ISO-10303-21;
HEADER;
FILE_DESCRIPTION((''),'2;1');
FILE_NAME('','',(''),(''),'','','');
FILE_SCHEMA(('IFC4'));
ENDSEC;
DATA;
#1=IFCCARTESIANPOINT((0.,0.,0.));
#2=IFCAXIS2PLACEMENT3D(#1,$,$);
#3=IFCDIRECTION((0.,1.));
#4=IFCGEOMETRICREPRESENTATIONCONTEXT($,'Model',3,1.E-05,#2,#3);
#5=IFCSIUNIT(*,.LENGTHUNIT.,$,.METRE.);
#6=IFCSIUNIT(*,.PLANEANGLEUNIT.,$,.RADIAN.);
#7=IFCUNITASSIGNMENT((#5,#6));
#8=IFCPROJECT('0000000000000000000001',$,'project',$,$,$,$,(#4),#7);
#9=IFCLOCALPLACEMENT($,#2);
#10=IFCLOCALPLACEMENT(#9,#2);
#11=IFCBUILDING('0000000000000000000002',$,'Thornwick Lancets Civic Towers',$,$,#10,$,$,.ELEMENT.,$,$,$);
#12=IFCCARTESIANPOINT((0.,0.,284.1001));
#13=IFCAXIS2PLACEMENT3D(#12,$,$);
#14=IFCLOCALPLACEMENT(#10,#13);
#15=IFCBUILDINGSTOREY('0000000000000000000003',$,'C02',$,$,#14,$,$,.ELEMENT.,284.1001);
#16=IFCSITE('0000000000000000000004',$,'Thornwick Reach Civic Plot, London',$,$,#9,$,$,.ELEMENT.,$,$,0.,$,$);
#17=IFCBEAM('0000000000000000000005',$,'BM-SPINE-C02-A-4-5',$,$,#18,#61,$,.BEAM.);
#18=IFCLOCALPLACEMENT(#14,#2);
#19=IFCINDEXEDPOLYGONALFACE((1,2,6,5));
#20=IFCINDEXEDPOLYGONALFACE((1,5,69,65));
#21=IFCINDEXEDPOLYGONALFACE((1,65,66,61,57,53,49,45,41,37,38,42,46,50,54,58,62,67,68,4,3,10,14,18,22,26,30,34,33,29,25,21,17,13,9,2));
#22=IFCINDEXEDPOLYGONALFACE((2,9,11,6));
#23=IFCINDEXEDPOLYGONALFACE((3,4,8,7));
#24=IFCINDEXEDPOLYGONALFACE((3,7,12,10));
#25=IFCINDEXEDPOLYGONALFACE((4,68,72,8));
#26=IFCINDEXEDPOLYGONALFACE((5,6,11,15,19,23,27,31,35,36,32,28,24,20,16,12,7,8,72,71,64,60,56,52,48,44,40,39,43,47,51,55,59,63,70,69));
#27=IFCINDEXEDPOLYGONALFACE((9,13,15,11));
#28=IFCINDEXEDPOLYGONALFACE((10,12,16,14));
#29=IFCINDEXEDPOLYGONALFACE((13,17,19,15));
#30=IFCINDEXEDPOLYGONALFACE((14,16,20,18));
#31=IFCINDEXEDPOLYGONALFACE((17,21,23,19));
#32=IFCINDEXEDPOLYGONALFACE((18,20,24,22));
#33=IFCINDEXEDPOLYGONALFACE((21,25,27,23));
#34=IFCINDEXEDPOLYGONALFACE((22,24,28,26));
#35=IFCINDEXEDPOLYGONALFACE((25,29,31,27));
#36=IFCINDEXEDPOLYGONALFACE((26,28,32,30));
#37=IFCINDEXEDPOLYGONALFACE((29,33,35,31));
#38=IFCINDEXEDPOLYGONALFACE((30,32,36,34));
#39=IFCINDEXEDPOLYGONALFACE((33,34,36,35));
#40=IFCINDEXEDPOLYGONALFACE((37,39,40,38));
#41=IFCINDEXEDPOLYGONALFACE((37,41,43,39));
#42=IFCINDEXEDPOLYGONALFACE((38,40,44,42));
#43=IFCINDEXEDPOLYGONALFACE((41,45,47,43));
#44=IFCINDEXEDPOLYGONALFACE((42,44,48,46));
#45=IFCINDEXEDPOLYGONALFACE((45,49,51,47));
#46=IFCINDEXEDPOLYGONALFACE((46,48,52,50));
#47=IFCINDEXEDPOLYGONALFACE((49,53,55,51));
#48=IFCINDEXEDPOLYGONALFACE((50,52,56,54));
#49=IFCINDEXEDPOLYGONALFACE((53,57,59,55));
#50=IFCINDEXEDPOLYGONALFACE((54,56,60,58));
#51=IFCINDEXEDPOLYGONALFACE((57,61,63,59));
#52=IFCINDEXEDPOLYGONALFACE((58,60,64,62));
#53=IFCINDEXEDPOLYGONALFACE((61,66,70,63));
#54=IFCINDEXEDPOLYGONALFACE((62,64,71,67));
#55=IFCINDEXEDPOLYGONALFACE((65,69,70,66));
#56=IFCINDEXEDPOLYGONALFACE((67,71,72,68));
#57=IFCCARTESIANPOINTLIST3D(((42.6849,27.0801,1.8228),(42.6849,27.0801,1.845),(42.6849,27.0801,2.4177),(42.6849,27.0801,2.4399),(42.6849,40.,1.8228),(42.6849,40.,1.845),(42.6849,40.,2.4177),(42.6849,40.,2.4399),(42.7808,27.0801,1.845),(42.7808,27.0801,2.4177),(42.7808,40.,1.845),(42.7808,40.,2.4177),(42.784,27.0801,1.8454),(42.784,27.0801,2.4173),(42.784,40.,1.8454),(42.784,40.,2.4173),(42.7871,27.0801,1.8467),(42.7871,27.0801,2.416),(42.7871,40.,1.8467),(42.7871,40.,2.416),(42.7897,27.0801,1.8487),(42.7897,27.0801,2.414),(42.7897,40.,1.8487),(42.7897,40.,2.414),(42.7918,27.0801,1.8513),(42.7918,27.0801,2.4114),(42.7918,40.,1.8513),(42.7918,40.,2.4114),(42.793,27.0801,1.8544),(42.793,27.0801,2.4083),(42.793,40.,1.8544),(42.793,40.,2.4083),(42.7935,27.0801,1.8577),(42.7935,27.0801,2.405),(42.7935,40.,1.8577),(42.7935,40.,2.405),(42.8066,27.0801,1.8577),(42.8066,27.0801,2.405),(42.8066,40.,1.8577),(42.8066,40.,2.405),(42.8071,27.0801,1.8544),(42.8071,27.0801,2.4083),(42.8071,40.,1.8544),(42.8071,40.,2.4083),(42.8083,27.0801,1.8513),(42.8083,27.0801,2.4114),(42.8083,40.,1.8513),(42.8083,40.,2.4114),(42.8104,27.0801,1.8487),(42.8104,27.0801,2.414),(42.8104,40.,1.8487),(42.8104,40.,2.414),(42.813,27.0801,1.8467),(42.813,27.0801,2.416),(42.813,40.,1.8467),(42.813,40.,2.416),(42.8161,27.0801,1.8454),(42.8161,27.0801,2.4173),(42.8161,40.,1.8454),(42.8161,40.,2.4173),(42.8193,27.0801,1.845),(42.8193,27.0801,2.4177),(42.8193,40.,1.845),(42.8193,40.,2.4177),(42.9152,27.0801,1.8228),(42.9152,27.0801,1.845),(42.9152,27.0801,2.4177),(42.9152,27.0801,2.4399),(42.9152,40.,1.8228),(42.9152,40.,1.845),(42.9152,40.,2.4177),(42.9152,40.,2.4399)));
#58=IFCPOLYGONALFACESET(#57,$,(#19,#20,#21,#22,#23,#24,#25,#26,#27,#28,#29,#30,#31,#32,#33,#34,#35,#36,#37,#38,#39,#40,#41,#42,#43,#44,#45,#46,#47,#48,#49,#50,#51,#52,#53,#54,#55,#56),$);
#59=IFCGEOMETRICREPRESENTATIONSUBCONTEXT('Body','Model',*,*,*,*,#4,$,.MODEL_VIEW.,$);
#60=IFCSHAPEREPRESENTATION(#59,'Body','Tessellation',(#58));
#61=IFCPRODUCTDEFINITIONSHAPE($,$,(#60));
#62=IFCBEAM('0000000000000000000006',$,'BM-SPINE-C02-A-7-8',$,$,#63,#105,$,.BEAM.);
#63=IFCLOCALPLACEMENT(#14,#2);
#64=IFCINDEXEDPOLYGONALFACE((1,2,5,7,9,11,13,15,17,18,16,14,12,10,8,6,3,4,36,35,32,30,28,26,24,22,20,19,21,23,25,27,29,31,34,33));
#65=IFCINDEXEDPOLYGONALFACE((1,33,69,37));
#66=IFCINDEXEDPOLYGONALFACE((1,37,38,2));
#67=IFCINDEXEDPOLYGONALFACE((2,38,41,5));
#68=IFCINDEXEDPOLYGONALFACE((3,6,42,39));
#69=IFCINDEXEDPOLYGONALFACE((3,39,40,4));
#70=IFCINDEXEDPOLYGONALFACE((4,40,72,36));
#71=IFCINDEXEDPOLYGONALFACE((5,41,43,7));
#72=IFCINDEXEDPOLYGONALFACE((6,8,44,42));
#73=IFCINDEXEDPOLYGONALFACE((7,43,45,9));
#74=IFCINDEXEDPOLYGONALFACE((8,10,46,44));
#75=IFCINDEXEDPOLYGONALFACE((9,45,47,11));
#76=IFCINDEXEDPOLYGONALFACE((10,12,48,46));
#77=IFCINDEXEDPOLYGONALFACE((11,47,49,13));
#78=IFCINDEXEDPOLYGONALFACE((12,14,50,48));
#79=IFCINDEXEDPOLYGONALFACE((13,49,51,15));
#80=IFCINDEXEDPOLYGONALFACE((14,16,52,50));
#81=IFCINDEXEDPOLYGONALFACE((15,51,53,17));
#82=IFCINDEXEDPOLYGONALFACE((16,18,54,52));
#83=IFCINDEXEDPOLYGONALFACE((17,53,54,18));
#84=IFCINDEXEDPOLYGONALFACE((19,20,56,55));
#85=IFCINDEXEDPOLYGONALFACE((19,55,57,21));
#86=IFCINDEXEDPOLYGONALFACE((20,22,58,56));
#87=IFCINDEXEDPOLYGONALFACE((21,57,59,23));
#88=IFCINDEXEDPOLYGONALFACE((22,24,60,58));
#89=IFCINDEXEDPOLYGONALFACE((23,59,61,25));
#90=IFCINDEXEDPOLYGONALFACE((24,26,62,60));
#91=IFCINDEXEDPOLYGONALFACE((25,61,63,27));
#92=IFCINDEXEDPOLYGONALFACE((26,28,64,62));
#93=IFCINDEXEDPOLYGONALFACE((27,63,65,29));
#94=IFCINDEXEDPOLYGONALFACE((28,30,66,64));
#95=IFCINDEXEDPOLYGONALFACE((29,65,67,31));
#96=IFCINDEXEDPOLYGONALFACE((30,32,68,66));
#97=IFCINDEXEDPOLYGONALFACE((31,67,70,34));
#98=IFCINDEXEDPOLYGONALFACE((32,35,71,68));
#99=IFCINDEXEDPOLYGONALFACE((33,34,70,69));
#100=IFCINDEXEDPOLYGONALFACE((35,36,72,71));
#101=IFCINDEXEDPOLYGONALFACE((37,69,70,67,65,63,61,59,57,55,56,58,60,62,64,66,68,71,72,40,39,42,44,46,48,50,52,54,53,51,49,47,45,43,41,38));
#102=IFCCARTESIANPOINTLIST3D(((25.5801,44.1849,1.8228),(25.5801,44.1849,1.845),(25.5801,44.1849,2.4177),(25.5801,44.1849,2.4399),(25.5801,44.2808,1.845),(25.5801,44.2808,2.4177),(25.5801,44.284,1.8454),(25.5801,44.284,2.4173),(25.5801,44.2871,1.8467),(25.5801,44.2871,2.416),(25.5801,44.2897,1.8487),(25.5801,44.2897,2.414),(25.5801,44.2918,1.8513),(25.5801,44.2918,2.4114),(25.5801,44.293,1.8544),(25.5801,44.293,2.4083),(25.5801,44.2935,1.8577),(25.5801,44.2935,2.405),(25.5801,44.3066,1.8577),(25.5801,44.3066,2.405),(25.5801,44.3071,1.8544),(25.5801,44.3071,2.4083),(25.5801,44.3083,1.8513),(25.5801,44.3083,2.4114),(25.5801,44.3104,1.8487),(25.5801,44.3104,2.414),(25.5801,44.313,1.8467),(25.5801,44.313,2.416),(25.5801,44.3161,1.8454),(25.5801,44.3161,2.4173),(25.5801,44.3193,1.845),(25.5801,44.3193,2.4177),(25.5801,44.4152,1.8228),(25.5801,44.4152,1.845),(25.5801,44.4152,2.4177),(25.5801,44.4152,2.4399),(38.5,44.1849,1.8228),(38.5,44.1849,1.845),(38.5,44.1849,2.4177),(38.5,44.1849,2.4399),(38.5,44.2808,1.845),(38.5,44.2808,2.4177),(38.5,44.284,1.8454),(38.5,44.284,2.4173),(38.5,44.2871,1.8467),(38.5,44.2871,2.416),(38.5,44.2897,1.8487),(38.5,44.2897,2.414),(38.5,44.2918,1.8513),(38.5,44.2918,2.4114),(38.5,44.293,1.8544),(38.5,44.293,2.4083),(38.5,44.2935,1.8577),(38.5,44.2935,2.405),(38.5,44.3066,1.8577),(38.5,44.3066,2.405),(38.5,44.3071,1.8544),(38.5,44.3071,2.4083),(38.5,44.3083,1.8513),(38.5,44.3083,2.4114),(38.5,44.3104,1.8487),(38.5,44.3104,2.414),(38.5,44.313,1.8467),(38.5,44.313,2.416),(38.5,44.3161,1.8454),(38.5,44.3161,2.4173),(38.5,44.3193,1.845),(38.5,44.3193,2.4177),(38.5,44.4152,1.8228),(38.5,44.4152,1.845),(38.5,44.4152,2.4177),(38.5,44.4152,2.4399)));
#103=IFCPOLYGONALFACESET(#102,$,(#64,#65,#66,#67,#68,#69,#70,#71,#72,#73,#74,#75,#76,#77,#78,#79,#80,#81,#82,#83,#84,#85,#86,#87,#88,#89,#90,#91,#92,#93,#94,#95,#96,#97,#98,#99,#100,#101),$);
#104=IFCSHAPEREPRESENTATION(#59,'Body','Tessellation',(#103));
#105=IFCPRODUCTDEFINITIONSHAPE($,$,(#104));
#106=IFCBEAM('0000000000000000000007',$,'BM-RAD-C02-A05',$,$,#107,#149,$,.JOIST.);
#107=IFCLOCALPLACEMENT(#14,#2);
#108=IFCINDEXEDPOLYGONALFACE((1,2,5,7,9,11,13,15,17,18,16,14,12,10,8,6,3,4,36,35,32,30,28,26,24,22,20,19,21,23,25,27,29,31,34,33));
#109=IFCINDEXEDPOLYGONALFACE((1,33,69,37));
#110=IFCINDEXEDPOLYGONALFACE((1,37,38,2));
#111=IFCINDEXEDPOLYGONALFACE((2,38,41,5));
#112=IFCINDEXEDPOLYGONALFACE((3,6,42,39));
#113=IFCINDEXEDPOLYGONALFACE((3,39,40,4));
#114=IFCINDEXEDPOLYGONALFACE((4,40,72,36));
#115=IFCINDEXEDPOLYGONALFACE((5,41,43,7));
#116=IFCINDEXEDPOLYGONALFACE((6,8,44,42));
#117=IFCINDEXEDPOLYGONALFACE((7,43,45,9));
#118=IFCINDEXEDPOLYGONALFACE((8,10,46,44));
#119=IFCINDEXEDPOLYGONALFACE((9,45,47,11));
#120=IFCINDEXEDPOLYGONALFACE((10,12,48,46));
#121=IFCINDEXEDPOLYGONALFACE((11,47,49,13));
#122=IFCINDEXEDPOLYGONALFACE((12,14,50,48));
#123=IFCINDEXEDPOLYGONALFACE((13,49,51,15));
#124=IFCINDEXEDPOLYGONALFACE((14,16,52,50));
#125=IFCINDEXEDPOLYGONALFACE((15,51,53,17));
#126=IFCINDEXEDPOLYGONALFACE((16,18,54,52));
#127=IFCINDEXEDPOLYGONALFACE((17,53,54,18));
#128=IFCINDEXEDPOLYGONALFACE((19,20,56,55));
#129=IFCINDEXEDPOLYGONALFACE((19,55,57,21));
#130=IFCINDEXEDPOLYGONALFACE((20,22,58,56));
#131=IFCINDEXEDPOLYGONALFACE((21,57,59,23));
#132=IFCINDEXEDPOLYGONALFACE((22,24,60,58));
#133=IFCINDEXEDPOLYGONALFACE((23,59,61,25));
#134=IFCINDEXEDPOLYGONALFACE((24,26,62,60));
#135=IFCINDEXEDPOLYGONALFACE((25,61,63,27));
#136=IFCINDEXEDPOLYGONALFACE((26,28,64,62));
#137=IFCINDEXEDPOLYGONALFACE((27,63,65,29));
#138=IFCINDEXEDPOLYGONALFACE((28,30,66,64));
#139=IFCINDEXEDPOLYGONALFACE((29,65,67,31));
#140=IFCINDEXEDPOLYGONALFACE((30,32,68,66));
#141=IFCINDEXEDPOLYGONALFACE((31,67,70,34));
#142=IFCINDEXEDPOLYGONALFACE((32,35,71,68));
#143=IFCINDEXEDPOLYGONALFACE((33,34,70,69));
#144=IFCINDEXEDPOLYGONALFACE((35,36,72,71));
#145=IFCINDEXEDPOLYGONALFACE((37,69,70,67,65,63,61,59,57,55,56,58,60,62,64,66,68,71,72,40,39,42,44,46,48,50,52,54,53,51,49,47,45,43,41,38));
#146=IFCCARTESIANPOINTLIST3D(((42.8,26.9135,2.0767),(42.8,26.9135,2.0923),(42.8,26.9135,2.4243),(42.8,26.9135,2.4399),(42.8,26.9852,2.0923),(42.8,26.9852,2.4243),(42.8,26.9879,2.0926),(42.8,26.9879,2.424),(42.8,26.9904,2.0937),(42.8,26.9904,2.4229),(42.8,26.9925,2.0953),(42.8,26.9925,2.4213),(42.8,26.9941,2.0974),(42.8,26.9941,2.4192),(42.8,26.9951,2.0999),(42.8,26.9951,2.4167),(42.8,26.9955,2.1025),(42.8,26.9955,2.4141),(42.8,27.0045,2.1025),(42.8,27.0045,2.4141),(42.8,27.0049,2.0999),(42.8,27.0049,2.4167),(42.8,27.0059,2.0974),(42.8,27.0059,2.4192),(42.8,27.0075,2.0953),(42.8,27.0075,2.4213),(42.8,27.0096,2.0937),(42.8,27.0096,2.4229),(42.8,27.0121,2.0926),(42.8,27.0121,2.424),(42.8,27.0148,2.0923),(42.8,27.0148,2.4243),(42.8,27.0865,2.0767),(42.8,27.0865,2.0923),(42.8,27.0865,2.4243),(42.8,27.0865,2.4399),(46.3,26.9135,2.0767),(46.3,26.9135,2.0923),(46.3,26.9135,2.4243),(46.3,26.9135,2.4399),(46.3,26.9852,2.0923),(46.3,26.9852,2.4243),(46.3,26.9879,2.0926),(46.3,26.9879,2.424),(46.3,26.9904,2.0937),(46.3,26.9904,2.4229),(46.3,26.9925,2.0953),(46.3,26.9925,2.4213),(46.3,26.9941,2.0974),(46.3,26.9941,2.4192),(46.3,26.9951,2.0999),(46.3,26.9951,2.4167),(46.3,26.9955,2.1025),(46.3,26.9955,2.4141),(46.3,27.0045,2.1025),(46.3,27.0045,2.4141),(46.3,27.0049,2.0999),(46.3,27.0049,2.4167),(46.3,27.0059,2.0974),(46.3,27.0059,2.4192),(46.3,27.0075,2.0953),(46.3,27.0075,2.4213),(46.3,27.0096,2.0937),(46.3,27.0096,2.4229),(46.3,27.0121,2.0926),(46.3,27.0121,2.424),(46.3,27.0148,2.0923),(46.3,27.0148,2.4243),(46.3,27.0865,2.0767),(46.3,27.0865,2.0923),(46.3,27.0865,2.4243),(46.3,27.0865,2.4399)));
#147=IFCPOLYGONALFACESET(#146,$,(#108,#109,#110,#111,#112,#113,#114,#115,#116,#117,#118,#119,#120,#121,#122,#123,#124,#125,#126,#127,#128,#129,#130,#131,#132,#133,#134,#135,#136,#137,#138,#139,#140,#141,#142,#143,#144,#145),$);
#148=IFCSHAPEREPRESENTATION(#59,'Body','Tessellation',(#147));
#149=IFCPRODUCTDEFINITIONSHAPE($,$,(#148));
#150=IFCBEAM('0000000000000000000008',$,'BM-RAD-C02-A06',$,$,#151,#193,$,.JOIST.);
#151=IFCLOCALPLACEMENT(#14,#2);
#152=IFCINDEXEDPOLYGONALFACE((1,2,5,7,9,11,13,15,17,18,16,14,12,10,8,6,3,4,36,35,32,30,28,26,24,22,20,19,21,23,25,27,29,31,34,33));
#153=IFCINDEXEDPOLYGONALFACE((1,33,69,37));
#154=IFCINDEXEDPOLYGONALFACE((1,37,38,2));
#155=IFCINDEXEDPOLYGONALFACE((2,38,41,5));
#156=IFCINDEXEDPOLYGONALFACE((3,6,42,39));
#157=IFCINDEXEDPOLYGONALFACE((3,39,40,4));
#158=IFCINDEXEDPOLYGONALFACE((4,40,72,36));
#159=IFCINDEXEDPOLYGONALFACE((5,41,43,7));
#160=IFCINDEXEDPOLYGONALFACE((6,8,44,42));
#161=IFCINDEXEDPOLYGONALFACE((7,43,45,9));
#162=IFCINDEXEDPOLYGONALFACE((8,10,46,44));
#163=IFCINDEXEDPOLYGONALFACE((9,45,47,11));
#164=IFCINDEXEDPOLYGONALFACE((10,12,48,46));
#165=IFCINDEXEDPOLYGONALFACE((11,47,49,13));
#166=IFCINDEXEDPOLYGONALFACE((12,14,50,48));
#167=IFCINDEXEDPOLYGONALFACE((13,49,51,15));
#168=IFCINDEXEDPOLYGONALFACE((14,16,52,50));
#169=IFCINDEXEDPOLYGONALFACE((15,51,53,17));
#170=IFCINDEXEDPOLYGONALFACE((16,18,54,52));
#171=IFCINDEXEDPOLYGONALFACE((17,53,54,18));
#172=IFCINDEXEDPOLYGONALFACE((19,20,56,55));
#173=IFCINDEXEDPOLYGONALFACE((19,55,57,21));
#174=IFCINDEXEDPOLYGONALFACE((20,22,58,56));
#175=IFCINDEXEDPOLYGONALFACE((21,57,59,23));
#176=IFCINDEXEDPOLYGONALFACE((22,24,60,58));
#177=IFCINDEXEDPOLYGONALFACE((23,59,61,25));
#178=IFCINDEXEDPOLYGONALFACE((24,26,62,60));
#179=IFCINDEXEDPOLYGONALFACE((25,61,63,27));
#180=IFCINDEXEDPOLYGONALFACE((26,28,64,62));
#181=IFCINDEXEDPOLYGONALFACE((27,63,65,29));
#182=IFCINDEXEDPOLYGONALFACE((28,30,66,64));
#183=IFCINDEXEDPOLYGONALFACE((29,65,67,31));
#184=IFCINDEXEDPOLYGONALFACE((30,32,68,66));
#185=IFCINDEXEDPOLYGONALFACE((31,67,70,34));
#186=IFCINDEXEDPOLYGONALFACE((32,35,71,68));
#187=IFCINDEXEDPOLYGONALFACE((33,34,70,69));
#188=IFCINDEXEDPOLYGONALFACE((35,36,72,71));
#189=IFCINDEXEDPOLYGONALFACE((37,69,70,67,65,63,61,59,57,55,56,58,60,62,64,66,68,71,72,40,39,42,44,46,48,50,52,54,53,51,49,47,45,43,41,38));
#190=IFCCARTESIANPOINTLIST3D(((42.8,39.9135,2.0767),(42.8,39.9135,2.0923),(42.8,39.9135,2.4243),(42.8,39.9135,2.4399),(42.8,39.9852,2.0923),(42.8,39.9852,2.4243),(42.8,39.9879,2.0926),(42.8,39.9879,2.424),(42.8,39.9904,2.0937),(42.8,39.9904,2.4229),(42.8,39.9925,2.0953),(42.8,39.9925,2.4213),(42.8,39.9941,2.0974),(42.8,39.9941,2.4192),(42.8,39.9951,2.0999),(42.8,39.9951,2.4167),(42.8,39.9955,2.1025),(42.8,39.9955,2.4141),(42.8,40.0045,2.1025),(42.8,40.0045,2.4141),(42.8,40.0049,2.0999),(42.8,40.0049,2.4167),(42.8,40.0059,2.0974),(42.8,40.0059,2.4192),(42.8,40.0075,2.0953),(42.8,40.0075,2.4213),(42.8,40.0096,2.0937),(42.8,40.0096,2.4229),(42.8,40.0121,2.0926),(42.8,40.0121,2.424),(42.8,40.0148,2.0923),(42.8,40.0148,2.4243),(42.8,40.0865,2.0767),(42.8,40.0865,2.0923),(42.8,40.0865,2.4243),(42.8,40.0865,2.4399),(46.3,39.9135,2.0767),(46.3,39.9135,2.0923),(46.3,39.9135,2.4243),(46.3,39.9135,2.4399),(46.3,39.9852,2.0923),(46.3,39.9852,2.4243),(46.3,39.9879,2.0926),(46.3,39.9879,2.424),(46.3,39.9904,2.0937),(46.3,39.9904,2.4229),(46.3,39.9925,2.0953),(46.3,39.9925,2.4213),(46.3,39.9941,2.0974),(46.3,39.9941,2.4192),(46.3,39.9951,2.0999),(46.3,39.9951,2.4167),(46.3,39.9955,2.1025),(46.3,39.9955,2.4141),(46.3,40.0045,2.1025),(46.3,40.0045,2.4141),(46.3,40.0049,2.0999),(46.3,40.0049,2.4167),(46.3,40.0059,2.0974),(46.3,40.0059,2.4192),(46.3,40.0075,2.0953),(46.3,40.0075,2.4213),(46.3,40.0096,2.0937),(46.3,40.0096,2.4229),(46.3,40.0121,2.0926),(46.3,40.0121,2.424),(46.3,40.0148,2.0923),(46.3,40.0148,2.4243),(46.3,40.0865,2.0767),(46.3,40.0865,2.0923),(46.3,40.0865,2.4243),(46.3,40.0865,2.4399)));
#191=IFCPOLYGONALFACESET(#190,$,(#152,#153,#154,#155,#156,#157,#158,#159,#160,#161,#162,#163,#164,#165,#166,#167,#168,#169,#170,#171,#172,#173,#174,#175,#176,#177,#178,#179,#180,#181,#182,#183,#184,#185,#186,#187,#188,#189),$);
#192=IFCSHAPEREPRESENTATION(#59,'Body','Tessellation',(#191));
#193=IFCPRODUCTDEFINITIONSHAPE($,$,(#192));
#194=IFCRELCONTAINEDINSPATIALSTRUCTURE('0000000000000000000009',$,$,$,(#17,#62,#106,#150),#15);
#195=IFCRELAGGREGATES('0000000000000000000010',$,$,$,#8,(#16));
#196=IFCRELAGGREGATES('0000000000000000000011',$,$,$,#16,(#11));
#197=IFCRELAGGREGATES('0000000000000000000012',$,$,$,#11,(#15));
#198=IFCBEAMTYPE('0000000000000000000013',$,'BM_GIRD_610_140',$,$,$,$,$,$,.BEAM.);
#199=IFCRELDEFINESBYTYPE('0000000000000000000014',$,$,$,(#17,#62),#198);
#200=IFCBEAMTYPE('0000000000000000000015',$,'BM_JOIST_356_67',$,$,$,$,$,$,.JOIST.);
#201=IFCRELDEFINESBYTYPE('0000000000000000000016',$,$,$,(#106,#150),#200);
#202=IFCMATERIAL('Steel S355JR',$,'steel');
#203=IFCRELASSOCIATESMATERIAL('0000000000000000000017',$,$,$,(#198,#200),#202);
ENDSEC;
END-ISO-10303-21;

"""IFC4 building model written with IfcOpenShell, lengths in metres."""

from ifc_helpers import new_model, si_unit, direction, frame, origin, origin_2d, place, context, subcontext, project, spatial, i_section, extrude, material, material_profile, profile_set, type_object, element, save


model = new_model("IFC4")

# Units and contexts
model_context = context("Model", 3, precision=1e-05, world=origin(), true_north=direction((0.0, 1.0)))
body_context = subcontext(model_context, "Body", "Model", "MODEL_VIEW")
ifc_project = project(units=[si_unit("LENGTHUNIT", "METRE"), si_unit("PLANEANGLEUNIT", "RADIAN")], contexts=[model_context])

# Site, building, storey
site_placement = place(None, origin())
site = spatial("IfcSite", under=ifc_project, at=site_placement, Name="Thornwick Reach Civic Plot, London", CompositionType="ELEMENT", RefElevation=0.0)
building_placement = place(site_placement, origin())
building = spatial("IfcBuilding", under=site, at=building_placement, Name="Thornwick Lancets Civic Towers", CompositionType="ELEMENT")
storey_placement = place(building_placement, frame((0.0, 0.0, 284.1001)))
storey = spatial("IfcBuildingStorey", under=building, at=storey_placement, Name="C02", CompositionType="ELEMENT", Elevation=284.1001)

# Shared definitions
ifc_material_1 = material(Name="Steel S355JR", Category="steel")

# Beams
ifc_material_profile_1 = material_profile(ifc_material_1, i_section(OverallWidth=0.2302, OverallDepth=0.6172, WebThickness=0.0132, FlangeThickness=0.0222, FilletRadius=0.0127, at=origin_2d()), Name="UKB 610x229x140")
ifc_profile_set_1 = profile_set([ifc_material_profile_1], Name="Steel S355JR")
beam_type_1 = type_object("IfcBeamType", Name="BM_GIRD_610_140", PredefinedType="BEAM", material=ifc_profile_set_1)
for number, where, z_axis, x_axis, name in (
    (1, (42.8, 27.0801, 2.1313), (0.0, 1.0, 0.0), (-1.0, 0.0, 0.0), "BM-SPINE-C02-A-4-5"),
    (2, (25.5801, 44.3, 2.1313), (1.0, 0.0, 0.0), (0.0, 1.0, 0.0), "BM-SPINE-C02-A-7-8"),
):
    element("IfcBeam", number, at=place(storey_placement, frame(where, z_axis=z_axis, x_axis=x_axis)), inside=storey, type_object=beam_type_1, Name=name, PredefinedType="BEAM", context=body_context, shape_type="SweptSolid", body=[
        extrude(i_section(OverallWidth=0.2302, OverallDepth=0.6172, WebThickness=0.0132, FlangeThickness=0.0222, FilletRadius=0.0127, at=origin_2d()), origin(), (0.0, 0.0, 1.0), 12.9199),
    ])
ifc_material_profile_2 = material_profile(ifc_material_1, i_section(OverallWidth=0.1731, OverallDepth=0.3633, WebThickness=0.009, FlangeThickness=0.0156, FilletRadius=0.0103, at=origin_2d()), Name="UKB 356x171x67")
ifc_profile_set_2 = profile_set([ifc_material_profile_2], Name="Steel S355JR")
beam_type_2 = type_object("IfcBeamType", Name="BM_JOIST_356_67", PredefinedType="JOIST", material=ifc_profile_set_2)
for number, where, z_axis, x_axis, name in (
    (3, (42.8, 27.0, 2.2583), (1.0, 0.0, 0.0), (0.0, 1.0, 0.0), "BM-RAD-C02-A05"),
    (4, (42.8, 40.0, 2.2583), (1.0, 0.0, 0.0), (0.0, 1.0, 0.0), "BM-RAD-C02-A06"),
):
    element("IfcBeam", number, at=place(storey_placement, frame(where, z_axis=z_axis, x_axis=x_axis)), inside=storey, type_object=beam_type_2, Name=name, PredefinedType="JOIST", context=body_context, shape_type="SweptSolid", body=[
        extrude(i_section(OverallWidth=0.1731, OverallDepth=0.3633, WebThickness=0.009, FlangeThickness=0.0156, FilletRadius=0.0103, at=origin_2d()), origin(), (0.0, 0.0, 1.0), 3.5),
    ])

save(model, "model.ifc")
